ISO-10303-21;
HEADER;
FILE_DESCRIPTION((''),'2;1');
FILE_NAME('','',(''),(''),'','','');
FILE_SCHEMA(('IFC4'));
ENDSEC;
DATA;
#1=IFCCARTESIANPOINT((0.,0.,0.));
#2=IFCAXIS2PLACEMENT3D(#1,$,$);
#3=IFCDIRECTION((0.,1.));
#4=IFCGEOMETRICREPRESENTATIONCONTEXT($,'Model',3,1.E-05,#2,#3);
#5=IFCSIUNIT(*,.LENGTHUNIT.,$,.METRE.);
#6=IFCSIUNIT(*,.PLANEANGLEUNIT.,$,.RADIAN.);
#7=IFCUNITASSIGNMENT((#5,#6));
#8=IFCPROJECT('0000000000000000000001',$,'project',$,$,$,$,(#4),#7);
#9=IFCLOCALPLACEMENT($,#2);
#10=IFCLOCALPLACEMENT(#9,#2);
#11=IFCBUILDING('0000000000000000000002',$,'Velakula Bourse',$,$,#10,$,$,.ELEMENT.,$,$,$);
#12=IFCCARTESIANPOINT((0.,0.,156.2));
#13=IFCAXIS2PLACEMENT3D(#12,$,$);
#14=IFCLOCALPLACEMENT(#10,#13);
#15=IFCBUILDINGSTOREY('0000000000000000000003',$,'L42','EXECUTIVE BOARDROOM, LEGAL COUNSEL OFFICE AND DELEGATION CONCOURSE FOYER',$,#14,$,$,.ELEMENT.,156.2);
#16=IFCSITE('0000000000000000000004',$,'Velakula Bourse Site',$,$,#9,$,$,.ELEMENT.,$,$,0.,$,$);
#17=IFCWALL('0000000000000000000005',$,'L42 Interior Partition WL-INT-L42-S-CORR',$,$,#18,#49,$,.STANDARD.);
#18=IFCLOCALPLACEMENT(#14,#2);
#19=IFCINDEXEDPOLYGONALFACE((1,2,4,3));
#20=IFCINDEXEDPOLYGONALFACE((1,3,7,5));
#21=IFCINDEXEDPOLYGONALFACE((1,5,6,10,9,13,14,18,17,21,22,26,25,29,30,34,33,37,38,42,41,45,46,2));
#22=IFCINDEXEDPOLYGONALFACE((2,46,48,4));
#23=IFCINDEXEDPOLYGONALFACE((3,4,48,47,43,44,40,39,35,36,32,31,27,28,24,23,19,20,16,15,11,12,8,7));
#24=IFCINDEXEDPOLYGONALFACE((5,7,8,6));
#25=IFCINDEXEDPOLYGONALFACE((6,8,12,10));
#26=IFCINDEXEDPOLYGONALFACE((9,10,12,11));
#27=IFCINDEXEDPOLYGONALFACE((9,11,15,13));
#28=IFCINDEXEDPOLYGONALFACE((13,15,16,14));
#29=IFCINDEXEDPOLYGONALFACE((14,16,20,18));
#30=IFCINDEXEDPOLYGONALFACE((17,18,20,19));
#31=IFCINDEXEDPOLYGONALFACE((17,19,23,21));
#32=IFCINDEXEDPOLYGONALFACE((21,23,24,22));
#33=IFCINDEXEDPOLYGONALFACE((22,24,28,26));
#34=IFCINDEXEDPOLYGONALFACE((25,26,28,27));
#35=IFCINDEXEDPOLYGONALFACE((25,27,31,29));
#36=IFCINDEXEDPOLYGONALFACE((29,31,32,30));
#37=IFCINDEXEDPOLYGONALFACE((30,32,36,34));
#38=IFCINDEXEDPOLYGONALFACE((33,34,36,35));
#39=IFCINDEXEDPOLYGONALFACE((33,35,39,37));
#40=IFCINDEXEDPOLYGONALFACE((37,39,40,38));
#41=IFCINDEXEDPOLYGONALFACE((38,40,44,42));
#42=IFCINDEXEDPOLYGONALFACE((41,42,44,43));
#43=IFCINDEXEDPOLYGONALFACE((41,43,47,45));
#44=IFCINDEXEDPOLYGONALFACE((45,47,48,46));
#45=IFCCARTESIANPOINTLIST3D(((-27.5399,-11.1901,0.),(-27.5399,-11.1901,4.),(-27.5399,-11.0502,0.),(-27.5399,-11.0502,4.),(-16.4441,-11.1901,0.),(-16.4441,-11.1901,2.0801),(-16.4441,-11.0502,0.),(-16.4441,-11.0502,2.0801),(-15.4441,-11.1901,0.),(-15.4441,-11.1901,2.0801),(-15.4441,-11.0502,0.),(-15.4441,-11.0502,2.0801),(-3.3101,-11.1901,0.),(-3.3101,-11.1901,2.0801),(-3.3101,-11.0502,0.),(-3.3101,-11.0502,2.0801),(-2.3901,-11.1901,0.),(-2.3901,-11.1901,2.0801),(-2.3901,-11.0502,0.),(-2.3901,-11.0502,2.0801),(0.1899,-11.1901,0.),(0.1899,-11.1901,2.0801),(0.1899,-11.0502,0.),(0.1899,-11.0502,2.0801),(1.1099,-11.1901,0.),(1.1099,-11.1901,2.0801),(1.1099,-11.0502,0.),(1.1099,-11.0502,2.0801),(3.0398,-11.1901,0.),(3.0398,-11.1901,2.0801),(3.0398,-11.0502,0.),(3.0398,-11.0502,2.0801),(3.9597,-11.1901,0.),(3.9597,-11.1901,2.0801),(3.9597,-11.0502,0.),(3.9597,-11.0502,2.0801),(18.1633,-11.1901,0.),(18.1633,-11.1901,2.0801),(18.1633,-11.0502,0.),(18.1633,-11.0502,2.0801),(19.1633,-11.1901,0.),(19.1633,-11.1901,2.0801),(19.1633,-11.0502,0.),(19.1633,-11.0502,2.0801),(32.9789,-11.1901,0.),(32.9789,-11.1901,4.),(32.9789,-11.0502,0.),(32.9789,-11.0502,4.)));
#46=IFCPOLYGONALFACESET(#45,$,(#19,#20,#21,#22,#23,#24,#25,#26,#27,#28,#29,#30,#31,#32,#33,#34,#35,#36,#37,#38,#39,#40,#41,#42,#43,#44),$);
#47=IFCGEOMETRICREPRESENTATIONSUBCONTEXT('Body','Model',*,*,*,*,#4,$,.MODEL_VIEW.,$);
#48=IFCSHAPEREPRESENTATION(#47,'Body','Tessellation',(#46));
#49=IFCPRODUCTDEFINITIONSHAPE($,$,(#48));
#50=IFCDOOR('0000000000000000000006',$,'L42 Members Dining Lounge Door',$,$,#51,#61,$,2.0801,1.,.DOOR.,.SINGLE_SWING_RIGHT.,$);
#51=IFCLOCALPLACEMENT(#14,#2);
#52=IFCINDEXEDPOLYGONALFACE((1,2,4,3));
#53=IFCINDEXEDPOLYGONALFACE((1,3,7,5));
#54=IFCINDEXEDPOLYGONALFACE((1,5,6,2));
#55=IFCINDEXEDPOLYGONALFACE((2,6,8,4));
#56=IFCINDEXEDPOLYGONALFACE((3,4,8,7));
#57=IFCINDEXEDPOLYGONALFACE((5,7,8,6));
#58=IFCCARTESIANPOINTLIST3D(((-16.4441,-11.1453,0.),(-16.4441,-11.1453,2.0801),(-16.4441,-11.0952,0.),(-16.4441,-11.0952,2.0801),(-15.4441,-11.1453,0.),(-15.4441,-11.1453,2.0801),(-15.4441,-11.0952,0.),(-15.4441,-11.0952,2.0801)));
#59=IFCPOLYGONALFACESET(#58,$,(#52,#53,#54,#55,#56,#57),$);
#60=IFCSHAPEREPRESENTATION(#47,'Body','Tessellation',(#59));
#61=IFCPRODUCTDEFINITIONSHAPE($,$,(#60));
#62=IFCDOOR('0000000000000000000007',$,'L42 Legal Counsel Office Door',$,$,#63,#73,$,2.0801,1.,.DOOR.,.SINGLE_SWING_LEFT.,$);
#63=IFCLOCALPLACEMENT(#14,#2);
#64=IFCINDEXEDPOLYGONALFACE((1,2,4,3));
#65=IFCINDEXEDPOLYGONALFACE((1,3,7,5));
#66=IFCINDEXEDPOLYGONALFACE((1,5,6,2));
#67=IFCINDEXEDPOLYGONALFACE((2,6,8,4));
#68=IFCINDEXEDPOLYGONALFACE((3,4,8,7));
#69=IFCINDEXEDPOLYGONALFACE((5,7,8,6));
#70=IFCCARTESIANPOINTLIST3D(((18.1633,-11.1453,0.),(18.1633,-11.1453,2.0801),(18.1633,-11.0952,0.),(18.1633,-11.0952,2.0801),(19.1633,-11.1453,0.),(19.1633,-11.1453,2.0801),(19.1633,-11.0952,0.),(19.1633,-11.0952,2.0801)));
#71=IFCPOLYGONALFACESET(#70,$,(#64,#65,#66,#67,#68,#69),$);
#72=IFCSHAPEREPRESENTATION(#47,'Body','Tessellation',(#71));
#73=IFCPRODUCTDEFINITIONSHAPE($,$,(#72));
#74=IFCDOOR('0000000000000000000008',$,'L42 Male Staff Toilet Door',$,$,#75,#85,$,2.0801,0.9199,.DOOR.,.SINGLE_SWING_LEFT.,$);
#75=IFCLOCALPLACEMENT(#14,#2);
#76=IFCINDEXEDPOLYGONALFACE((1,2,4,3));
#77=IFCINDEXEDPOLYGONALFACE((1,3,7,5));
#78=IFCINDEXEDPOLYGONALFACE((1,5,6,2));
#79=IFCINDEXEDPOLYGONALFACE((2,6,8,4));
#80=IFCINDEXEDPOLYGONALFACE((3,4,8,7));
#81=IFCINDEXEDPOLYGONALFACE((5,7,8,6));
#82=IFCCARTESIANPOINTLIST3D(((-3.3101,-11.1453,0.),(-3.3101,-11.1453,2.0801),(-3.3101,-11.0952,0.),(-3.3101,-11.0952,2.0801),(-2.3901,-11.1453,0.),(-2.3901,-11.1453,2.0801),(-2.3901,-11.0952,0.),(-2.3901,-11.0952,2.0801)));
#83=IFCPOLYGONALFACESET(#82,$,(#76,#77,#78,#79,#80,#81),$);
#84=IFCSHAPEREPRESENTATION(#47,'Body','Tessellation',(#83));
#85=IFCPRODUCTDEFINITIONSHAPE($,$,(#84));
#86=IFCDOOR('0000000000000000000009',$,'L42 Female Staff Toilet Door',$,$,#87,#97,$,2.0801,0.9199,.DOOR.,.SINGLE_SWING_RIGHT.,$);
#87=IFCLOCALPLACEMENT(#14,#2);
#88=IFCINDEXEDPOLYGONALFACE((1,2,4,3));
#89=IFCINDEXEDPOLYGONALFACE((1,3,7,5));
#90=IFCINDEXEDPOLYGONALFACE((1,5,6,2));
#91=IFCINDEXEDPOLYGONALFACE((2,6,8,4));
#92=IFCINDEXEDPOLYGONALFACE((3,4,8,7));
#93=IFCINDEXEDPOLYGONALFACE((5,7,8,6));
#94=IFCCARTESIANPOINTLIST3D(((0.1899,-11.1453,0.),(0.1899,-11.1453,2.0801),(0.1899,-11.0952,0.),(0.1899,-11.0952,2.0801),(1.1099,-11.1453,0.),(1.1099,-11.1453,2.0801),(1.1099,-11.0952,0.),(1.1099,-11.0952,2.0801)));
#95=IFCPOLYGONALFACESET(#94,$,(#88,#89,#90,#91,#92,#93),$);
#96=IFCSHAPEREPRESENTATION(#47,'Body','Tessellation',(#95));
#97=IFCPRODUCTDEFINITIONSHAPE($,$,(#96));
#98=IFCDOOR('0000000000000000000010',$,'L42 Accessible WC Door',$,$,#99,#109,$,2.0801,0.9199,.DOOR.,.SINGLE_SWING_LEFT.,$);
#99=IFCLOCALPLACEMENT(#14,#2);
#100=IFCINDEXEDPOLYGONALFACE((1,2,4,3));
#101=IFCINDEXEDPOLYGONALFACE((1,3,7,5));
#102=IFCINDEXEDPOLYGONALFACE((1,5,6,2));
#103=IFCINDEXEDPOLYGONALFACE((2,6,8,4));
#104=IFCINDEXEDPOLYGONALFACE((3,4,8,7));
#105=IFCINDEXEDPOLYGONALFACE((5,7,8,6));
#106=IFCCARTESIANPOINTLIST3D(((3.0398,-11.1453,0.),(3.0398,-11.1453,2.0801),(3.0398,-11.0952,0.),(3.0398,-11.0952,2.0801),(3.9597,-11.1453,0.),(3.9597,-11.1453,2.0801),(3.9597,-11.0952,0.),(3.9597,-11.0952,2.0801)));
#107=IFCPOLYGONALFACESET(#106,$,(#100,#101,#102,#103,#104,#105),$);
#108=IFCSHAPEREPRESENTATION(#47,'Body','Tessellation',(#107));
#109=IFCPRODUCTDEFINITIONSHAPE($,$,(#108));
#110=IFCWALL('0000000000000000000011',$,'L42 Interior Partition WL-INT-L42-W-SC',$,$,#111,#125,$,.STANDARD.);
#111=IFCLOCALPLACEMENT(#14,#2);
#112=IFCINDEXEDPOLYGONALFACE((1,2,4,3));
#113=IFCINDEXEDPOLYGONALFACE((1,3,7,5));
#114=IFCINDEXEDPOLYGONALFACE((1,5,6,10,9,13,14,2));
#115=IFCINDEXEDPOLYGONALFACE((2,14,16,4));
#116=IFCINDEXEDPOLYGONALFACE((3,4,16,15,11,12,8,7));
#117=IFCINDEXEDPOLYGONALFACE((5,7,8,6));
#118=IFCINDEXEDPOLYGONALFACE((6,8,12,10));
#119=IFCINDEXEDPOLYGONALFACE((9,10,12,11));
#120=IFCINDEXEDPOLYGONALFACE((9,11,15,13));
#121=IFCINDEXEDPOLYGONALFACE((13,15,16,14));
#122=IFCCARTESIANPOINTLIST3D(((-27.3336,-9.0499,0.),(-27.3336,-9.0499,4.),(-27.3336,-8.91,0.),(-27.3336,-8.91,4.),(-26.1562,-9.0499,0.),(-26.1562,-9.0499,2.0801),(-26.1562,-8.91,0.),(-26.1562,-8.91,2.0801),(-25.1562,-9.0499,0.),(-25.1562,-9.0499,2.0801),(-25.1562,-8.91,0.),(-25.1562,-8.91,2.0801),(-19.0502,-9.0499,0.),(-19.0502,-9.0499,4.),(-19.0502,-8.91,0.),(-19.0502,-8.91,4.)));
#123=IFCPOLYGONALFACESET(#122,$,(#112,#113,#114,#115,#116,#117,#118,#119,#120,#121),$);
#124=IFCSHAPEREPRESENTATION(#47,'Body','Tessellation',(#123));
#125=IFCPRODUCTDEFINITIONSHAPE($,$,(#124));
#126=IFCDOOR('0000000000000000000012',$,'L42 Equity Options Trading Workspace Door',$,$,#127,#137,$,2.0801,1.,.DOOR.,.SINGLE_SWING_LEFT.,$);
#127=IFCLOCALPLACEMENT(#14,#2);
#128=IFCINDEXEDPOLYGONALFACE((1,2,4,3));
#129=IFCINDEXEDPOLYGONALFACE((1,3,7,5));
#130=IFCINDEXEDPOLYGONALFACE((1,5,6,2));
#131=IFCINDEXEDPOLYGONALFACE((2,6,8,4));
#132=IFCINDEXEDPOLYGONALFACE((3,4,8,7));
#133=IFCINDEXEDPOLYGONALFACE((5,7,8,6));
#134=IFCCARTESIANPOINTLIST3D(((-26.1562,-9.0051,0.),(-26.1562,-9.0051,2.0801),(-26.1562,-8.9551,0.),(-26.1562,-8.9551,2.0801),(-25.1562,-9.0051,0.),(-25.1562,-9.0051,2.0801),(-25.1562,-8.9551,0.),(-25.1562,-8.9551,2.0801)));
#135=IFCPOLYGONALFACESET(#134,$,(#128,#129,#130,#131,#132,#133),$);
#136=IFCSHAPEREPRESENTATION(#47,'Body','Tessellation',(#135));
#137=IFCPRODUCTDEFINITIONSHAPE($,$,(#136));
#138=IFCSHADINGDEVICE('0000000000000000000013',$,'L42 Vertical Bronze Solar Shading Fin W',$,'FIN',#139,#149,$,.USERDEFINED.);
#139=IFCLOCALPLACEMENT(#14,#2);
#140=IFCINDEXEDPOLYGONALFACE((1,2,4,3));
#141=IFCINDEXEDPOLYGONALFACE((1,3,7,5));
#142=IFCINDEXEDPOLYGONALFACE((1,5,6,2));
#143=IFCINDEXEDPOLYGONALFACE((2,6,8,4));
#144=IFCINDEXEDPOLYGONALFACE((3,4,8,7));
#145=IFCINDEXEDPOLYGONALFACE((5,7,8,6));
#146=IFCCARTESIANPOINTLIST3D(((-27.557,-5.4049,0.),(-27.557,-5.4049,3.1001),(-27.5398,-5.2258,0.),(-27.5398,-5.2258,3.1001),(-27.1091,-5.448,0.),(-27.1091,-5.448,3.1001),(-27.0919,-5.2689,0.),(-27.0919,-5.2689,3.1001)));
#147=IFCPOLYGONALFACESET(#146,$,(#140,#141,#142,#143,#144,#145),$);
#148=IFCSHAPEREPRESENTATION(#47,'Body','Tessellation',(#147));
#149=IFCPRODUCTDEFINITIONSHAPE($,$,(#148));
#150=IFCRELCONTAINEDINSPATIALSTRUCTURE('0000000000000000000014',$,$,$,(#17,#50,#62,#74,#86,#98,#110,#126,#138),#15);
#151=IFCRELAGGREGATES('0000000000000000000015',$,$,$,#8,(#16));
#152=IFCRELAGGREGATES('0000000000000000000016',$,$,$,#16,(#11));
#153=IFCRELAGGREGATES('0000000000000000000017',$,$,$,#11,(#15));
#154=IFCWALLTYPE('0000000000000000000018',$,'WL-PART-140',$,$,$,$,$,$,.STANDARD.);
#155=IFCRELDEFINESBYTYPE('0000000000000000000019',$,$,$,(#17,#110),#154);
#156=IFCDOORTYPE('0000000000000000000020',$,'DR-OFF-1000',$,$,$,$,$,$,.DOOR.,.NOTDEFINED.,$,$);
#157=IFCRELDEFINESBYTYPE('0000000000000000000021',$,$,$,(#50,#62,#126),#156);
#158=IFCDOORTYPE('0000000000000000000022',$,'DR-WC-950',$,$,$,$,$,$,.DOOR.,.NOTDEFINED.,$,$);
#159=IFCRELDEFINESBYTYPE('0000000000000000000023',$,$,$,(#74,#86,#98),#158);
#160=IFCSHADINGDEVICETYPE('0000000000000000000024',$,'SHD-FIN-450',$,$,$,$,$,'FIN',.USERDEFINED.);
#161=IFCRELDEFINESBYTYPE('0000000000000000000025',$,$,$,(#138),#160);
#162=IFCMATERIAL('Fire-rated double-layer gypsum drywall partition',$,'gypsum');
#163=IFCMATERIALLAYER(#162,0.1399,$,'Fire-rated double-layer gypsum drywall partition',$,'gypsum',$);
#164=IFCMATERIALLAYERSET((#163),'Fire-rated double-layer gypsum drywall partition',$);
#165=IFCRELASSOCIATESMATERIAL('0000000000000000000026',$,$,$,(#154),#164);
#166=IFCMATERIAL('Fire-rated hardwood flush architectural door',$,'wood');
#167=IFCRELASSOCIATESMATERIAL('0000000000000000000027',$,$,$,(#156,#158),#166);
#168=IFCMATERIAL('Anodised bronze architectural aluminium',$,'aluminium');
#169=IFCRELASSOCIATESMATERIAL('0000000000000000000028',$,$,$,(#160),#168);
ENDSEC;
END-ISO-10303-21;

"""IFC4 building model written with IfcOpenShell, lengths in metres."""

from ifc_helpers import new_model, si_unit, direction, frame, frame_2d, origin, origin_2d, place, context, subcontext, project, spatial, rectangle, extrude, material, layer, layer_set, type_object, element, fill, save


model = new_model("IFC4")

# Units and contexts
model_context = context("Model", 3, precision=1e-05, world=origin(), true_north=direction((0.0, 1.0)))
body_context = subcontext(model_context, "Body", "Model", "MODEL_VIEW")
ifc_project = project(units=[si_unit("LENGTHUNIT", "METRE"), si_unit("PLANEANGLEUNIT", "RADIAN")], contexts=[model_context])

# Site, building, storey
site_placement = place(None, origin())
site = spatial("IfcSite", under=ifc_project, at=site_placement, Name="Velakula Bourse Site", CompositionType="ELEMENT", RefElevation=0.0)
building_placement = place(site_placement, origin())
building = spatial("IfcBuilding", under=site, at=building_placement, Name="Velakula Bourse", CompositionType="ELEMENT")
storey_placement = place(building_placement, frame((0.0, 0.0, 156.2)))
storey = spatial("IfcBuildingStorey", under=building, at=storey_placement, Name="L42", Description="EXECUTIVE BOARDROOM, LEGAL COUNSEL OFFICE AND DELEGATION CONCOURSE FOYER", CompositionType="ELEMENT", Elevation=156.2)

# Shared definitions
ifc_material_1 = material(Name="Fire-rated double-layer gypsum drywall partition", Category="gypsum")

# Wall, openings, doors
ifc_layer_1 = layer(ifc_material_1, 0.1399, Name="Fire-rated double-layer gypsum drywall partition", Category="gypsum")
ifc_layer_set_1 = layer_set([ifc_layer_1], Name="Fire-rated double-layer gypsum drywall partition")
wall_type_1 = type_object("IfcWallType", Name="WL-PART-140", PredefinedType="STANDARD", material=ifc_layer_set_1)
wall_1_placement = place(storey_placement, frame((-27.5398, -11.1201, 0.0), z_axis=(0.0, 0.0, 1.0), x_axis=(1.0, 0.0, 0.0)))
wall_1 = element("IfcWall", 1, at=wall_1_placement, inside=storey, type_object=wall_type_1, Name="L42 Interior Partition WL-INT-L42-S-CORR", PredefinedType="STANDARD", context=body_context, shape_type="SweptSolid", body=[
    extrude(rectangle(XDim=60.5188, YDim=0.1399, at=frame_2d((30.2593, 0.0))), origin(), (0.0, 0.0, 1.0), 4.0),
])
opening_1_placement = place(wall_1_placement, frame((24.2297, 0.0, 0.0)))
opening_1 = element("IfcOpeningElement", 2, at=opening_1_placement, cuts=wall_1, PredefinedType="OPENING", context=body_context, shape_type="SweptSolid", body=[
    extrude(rectangle(XDim=0.9199, YDim=2.0801, at=frame_2d((0.46, 1.04))), frame((0.0, 0.0798, 0.0), z_axis=(0.0, -1.0, 0.0), x_axis=(1.0, 0.0, 0.0)), (0.0, 0.0, 1.0), 0.1599),
])
opening_2_placement = place(wall_1_placement, frame((27.7297, 0.0, 0.0)))
opening_2 = element("IfcOpeningElement", 3, at=opening_2_placement, cuts=wall_1, PredefinedType="OPENING", context=body_context, shape_type="SweptSolid", body=[
    extrude(rectangle(XDim=0.9199, YDim=2.0801, at=frame_2d((0.46, 1.04))), frame((0.0, 0.0798, 0.0), z_axis=(0.0, -1.0, 0.0), x_axis=(1.0, 0.0, 0.0)), (0.0, 0.0, 1.0), 0.1599),
])
opening_3_placement = place(wall_1_placement, frame((30.5796, 0.0, 0.0)))
opening_3 = element("IfcOpeningElement", 4, at=opening_3_placement, cuts=wall_1, PredefinedType="OPENING", context=body_context, shape_type="SweptSolid", body=[
    extrude(rectangle(XDim=0.9199, YDim=2.0801, at=frame_2d((0.46, 1.04))), frame((0.0, 0.0798, 0.0), z_axis=(0.0, -1.0, 0.0), x_axis=(1.0, 0.0, 0.0)), (0.0, 0.0, 1.0), 0.1599),
])
opening_4_placement = place(wall_1_placement, frame((11.0957, 0.0, 0.0)))
opening_4 = element("IfcOpeningElement", 5, at=opening_4_placement, cuts=wall_1, PredefinedType="OPENING", context=body_context, shape_type="SweptSolid", body=[
    extrude(rectangle(XDim=1.0, YDim=2.0801, at=frame_2d((0.5, 1.04))), frame((0.0, 0.0798, 0.0), z_axis=(0.0, -1.0, 0.0), x_axis=(1.0, 0.0, 0.0)), (0.0, 0.0, 1.0), 0.1599),
])
opening_5_placement = place(wall_1_placement, frame((45.7031, 0.0, 0.0)))
opening_5 = element("IfcOpeningElement", 6, at=opening_5_placement, cuts=wall_1, PredefinedType="OPENING", context=body_context, shape_type="SweptSolid", body=[
    extrude(rectangle(XDim=1.0, YDim=2.0801, at=frame_2d((0.5, 1.04))), frame((0.0, 0.0798, 0.0), z_axis=(0.0, -1.0, 0.0), x_axis=(1.0, 0.0, 0.0)), (0.0, 0.0, 1.0), 0.1599),
])
ifc_material_2 = material(Name="Fire-rated hardwood flush architectural door", Category="wood")
door_type_1 = type_object("IfcDoorType", Name="DR-OFF-1000", OperationType="NOTDEFINED", PredefinedType="DOOR", material=ifc_material_2)
door_1_placement = place(opening_4_placement, origin())
door_1 = element("IfcDoor", 7, at=door_1_placement, inside=storey, type_object=door_type_1, Name="L42 Members Dining Lounge Door", OperationType="SINGLE_SWING_RIGHT", OverallHeight=2.0801, OverallWidth=1.0, PredefinedType="DOOR", context=body_context, shape_type="SweptSolid", body=[
    extrude(rectangle(XDim=1.0, YDim=2.0801, at=frame_2d((0.5, 1.04))), frame((0.0, 0.0249, 0.0), z_axis=(0.0, -1.0, 0.0), x_axis=(1.0, 0.0, 0.0)), (0.0, 0.0, 1.0), 0.05),
])
fill(opening_4, door_1)
door_2_placement = place(opening_5_placement, origin())
door_2 = element("IfcDoor", 8, at=door_2_placement, inside=storey, type_object=door_type_1, Name="L42 Legal Counsel Office Door", OperationType="SINGLE_SWING_LEFT", OverallHeight=2.0801, OverallWidth=1.0, PredefinedType="DOOR", context=body_context, shape_type="SweptSolid", body=[
    extrude(rectangle(XDim=1.0, YDim=2.0801, at=frame_2d((0.5, 1.04))), frame((0.0, 0.0249, 0.0), z_axis=(0.0, -1.0, 0.0), x_axis=(1.0, 0.0, 0.0)), (0.0, 0.0, 1.0), 0.05),
])
fill(opening_5, door_2)
door_type_2 = type_object("IfcDoorType", Name="DR-WC-950", OperationType="NOTDEFINED", PredefinedType="DOOR", material=ifc_material_2)
door_3_placement = place(opening_1_placement, origin())
door_3 = element("IfcDoor", 9, at=door_3_placement, inside=storey, type_object=door_type_2, Name="L42 Male Staff Toilet Door", OperationType="SINGLE_SWING_LEFT", OverallHeight=2.0801, OverallWidth=0.9199, PredefinedType="DOOR", context=body_context, shape_type="SweptSolid", body=[
    extrude(rectangle(XDim=0.9199, YDim=2.0801, at=frame_2d((0.46, 1.04))), frame((0.0, 0.0249, 0.0), z_axis=(0.0, -1.0, 0.0), x_axis=(1.0, 0.0, 0.0)), (0.0, 0.0, 1.0), 0.05),
])
fill(opening_1, door_3)
door_4_placement = place(opening_2_placement, origin())
door_4 = element("IfcDoor", 10, at=door_4_placement, inside=storey, type_object=door_type_2, Name="L42 Female Staff Toilet Door", OperationType="SINGLE_SWING_RIGHT", OverallHeight=2.0801, OverallWidth=0.9199, PredefinedType="DOOR", context=body_context, shape_type="SweptSolid", body=[
    extrude(rectangle(XDim=0.9199, YDim=2.0801, at=frame_2d((0.46, 1.04))), frame((0.0, 0.0249, 0.0), z_axis=(0.0, -1.0, 0.0), x_axis=(1.0, 0.0, 0.0)), (0.0, 0.0, 1.0), 0.05),
])
fill(opening_2, door_4)
door_5_placement = place(opening_3_placement, origin())
door_5 = element("IfcDoor", 11, at=door_5_placement, inside=storey, type_object=door_type_2, Name="L42 Accessible WC Door", OperationType="SINGLE_SWING_LEFT", OverallHeight=2.0801, OverallWidth=0.9199, PredefinedType="DOOR", context=body_context, shape_type="SweptSolid", body=[
    extrude(rectangle(XDim=0.9199, YDim=2.0801, at=frame_2d((0.46, 1.04))), frame((0.0, 0.0249, 0.0), z_axis=(0.0, -1.0, 0.0), x_axis=(1.0, 0.0, 0.0)), (0.0, 0.0, 1.0), 0.05),
])
fill(opening_3, door_5)

# Wall, opening, door
wall_2_placement = place(storey_placement, frame((-27.3335, -8.98, 0.0), z_axis=(0.0, 0.0, 1.0), x_axis=(1.0, 0.0, 0.0)))
wall_2 = element("IfcWall", 12, at=wall_2_placement, inside=storey, type_object=wall_type_1, Name="L42 Interior Partition WL-INT-L42-W-SC", PredefinedType="STANDARD", context=body_context, shape_type="SweptSolid", body=[
    extrude(rectangle(XDim=8.2834, YDim=0.1399, at=frame_2d((4.1416, 0.0))), origin(), (0.0, 0.0, 1.0), 4.0),
])
opening_6_placement = place(wall_2_placement, frame((1.1772, 0.0, 0.0)))
opening_6 = element("IfcOpeningElement", 13, at=opening_6_placement, cuts=wall_2, PredefinedType="OPENING", context=body_context, shape_type="SweptSolid", body=[
    extrude(rectangle(XDim=1.0, YDim=2.0801, at=frame_2d((0.5, 1.04))), frame((0.0, 0.0798, 0.0), z_axis=(0.0, -1.0, 0.0), x_axis=(1.0, 0.0, 0.0)), (0.0, 0.0, 1.0), 0.1599),
])
door_6_placement = place(opening_6_placement, origin())
door_6 = element("IfcDoor", 14, at=door_6_placement, inside=storey, type_object=door_type_1, Name="L42 Equity Options Trading Workspace Door", OperationType="SINGLE_SWING_LEFT", OverallHeight=2.0801, OverallWidth=1.0, PredefinedType="DOOR", context=body_context, shape_type="SweptSolid", body=[
    extrude(rectangle(XDim=1.0, YDim=2.0801, at=frame_2d((0.5, 1.04))), frame((0.0, 0.0249, 0.0), z_axis=(0.0, -1.0, 0.0), x_axis=(1.0, 0.0, 0.0)), (0.0, 0.0, 1.0), 0.05),
])
fill(opening_6, door_6)

# Shading device
ifc_material_3 = material(Name="Anodised bronze architectural aluminium", Category="aluminium")
shading_device_type = type_object("IfcShadingDeviceType", Name="SHD-FIN-450", ElementType="FIN", PredefinedType="USERDEFINED", material=ifc_material_3)
shading_device_placement = place(storey_placement, frame((-27.3245, -5.3369, 0.0), z_axis=(0.0, 0.0, 1.0), x_axis=(0.995396, -0.095846, 0.0)))
element("IfcShadingDevice", 15, at=shading_device_placement, inside=storey, type_object=shading_device_type, Name="L42 Vertical Bronze Solar Shading Fin W", ObjectType="FIN", PredefinedType="USERDEFINED", context=body_context, shape_type="SweptSolid", body=[
    extrude(rectangle(XDim=0.45, YDim=0.1799, at=origin_2d()), origin(), (0.0, 0.0, 1.0), 3.1001),
])

save(model, "model.ifc")
